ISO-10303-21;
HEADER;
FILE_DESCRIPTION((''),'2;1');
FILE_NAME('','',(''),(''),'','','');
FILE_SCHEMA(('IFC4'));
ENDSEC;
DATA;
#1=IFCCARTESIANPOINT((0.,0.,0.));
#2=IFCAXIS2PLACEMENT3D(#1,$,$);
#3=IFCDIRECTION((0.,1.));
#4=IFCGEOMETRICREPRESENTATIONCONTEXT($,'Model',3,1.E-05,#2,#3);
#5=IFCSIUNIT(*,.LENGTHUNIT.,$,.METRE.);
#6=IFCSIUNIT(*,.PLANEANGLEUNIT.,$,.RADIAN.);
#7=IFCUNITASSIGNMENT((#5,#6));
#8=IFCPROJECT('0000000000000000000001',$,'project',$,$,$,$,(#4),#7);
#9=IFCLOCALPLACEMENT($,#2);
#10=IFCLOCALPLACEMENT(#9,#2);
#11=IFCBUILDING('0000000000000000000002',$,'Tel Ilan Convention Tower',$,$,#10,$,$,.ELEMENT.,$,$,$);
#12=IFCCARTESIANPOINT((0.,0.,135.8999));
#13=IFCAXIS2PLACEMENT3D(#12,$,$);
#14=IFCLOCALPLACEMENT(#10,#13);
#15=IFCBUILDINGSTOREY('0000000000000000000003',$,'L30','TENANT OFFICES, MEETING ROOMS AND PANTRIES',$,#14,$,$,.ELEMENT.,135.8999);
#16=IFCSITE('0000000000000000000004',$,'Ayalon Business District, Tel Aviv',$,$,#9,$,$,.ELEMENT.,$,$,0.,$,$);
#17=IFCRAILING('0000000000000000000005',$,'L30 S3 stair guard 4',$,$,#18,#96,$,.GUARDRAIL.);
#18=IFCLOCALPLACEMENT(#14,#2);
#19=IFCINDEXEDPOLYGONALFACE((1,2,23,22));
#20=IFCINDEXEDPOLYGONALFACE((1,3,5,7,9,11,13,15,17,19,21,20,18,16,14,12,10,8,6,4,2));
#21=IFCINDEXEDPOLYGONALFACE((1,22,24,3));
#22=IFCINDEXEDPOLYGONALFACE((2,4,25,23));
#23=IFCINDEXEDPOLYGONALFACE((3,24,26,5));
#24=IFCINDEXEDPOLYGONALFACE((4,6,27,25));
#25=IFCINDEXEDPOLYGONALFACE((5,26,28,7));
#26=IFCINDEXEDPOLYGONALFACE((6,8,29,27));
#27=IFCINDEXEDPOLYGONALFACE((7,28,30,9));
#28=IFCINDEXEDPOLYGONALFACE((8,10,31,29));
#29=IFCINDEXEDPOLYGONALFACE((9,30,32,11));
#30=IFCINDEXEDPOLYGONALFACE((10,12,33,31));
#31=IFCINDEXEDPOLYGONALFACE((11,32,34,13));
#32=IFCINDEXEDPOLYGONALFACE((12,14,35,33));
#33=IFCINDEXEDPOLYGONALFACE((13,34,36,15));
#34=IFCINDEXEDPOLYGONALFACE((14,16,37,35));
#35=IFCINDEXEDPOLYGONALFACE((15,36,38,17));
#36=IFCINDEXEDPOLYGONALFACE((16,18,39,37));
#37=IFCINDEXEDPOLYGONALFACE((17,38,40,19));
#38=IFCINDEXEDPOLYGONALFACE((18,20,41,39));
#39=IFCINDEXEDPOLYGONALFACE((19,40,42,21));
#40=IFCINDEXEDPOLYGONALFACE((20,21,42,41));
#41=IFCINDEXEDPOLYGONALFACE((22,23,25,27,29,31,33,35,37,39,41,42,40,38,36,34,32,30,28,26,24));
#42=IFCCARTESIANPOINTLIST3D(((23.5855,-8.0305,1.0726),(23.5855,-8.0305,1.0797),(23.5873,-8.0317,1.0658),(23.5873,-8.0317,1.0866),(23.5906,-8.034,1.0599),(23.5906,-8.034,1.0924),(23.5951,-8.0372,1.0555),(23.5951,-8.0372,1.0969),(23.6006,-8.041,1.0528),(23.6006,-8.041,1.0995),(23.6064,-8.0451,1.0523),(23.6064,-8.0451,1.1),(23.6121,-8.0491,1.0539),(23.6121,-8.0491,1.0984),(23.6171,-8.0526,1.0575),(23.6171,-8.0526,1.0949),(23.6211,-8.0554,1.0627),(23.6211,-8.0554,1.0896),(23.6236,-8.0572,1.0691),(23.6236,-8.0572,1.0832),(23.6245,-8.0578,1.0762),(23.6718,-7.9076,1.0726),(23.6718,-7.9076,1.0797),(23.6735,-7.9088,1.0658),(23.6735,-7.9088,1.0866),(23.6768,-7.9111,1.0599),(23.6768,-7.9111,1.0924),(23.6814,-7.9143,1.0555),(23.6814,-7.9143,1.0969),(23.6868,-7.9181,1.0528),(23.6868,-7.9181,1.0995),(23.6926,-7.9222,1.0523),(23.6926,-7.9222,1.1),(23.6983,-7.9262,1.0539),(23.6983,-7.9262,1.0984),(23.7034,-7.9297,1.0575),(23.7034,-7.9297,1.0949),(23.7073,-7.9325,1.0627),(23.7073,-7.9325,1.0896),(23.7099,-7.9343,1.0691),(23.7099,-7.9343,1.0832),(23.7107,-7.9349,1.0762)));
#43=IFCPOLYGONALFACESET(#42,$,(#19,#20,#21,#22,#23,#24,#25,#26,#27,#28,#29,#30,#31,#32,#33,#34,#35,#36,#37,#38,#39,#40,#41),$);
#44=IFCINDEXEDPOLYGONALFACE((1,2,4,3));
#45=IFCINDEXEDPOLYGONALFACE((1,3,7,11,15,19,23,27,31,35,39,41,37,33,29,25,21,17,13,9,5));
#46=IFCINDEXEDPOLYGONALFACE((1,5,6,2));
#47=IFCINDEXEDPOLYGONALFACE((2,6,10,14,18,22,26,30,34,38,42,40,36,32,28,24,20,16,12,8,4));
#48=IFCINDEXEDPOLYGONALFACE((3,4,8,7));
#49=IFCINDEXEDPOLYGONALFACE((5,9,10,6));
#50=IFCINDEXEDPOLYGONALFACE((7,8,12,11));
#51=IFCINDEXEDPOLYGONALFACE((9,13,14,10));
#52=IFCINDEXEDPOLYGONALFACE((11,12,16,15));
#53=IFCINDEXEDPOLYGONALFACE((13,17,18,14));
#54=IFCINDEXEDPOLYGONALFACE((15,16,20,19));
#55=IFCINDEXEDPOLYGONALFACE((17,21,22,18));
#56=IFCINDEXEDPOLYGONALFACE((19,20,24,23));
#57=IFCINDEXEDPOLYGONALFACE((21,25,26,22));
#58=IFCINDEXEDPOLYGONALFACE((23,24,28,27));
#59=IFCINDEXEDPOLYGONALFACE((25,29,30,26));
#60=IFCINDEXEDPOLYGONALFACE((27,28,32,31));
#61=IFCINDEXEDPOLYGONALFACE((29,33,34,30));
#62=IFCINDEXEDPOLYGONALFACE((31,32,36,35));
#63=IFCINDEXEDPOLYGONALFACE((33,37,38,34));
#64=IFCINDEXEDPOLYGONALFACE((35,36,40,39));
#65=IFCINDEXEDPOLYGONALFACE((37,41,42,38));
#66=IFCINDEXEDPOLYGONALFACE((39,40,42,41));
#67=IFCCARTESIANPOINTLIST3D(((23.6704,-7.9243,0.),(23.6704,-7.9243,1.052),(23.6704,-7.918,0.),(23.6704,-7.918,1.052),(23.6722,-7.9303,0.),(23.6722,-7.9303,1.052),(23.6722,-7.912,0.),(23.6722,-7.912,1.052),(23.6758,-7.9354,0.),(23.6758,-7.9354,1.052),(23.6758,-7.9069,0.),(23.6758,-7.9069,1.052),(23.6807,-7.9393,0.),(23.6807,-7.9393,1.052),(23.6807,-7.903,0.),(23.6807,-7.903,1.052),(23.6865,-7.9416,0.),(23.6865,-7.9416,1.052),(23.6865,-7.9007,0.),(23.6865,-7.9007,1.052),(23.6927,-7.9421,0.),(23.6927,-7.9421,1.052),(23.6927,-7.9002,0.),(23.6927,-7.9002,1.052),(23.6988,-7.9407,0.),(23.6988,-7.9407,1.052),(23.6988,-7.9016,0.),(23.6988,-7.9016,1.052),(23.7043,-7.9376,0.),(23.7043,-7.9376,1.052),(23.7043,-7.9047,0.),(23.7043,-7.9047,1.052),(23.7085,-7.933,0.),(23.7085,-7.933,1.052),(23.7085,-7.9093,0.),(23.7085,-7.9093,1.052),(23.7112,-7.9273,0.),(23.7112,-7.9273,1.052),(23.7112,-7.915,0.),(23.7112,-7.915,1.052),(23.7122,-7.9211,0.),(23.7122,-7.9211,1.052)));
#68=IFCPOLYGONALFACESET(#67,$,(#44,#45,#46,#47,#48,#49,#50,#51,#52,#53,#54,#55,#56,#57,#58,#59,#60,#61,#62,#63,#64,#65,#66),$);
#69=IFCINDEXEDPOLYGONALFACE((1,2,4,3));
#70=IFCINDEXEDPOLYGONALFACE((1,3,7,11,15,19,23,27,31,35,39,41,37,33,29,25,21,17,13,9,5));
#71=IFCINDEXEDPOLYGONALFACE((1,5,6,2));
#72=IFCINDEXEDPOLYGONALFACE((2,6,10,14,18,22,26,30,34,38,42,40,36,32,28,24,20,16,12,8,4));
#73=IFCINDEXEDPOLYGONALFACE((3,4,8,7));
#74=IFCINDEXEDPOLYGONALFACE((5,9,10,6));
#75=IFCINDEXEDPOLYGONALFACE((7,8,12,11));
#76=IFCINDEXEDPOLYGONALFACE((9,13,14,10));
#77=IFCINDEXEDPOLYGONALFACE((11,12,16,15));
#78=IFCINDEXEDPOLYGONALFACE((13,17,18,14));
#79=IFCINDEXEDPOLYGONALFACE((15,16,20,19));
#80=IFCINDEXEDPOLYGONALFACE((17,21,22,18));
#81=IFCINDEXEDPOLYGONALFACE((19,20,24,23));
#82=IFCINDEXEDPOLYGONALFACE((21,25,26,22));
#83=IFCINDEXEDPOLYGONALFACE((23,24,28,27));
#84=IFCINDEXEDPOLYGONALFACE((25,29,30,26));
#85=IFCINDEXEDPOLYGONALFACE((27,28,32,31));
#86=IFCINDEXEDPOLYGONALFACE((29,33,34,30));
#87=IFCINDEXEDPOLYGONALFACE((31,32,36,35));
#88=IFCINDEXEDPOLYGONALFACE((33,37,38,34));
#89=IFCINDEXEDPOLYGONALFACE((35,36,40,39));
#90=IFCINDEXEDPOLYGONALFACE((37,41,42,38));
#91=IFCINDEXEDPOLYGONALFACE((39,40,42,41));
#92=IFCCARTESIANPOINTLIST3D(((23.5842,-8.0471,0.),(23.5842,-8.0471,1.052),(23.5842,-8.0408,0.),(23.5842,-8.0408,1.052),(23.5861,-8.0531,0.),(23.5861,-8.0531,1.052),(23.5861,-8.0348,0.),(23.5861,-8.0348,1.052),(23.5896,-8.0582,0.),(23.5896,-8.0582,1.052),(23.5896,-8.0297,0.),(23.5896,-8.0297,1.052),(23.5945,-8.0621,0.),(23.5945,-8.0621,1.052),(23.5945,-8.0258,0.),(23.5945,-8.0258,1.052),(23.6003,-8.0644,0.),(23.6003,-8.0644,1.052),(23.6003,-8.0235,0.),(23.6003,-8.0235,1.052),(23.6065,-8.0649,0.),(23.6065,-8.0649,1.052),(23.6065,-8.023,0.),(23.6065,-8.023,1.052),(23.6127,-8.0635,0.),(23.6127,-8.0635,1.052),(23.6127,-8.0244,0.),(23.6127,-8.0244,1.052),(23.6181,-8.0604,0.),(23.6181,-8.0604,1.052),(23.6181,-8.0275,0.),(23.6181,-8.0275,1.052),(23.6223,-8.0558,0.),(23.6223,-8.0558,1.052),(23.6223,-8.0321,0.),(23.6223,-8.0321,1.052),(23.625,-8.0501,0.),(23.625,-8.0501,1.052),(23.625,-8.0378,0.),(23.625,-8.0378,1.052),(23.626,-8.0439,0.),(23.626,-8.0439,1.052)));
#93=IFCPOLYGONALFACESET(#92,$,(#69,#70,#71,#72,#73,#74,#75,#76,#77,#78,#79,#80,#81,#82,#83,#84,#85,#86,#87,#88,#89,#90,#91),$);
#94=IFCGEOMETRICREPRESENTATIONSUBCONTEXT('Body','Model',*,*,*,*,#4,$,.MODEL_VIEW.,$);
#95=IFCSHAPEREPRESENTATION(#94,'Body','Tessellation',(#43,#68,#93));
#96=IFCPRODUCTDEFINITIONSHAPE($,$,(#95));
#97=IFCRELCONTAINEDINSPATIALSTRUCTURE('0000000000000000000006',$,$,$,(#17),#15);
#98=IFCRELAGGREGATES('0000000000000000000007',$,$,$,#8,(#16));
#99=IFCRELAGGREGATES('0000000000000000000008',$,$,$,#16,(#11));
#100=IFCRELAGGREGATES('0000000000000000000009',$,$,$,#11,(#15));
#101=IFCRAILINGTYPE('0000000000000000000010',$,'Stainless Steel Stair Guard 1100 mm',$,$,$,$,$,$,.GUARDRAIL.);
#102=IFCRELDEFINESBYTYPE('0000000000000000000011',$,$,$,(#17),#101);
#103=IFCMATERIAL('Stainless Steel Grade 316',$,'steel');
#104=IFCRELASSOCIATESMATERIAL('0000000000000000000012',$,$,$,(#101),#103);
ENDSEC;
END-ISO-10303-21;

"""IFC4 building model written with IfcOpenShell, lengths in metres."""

from ifc_helpers import new_model, si_unit, direction, frame, origin, origin_2d, place, context, subcontext, project, spatial, circle, extrude, material, type_object, element, save


model = new_model("IFC4")

# Units and contexts
model_context = context("Model", 3, precision=1e-05, world=origin(), true_north=direction((0.0, 1.0)))
body_context = subcontext(model_context, "Body", "Model", "MODEL_VIEW")
ifc_project = project(units=[si_unit("LENGTHUNIT", "METRE"), si_unit("PLANEANGLEUNIT", "RADIAN")], contexts=[model_context])

# Site, building, storey
site_placement = place(None, origin())
site = spatial("IfcSite", under=ifc_project, at=site_placement, Name="Ayalon Business District, Tel Aviv", CompositionType="ELEMENT", RefElevation=0.0)
building_placement = place(site_placement, origin())
building = spatial("IfcBuilding", under=site, at=building_placement, Name="Tel Ilan Convention Tower", CompositionType="ELEMENT")
storey_placement = place(building_placement, frame((0.0, 0.0, 135.8999)))
storey = spatial("IfcBuildingStorey", under=building, at=storey_placement, Name="L30", Description="TENANT OFFICES, MEETING ROOMS AND PANTRIES", CompositionType="ELEMENT", Elevation=135.8999)

# Railing
ifc_material_1 = material(Name="Stainless Steel Grade 316", Category="steel")
railing_type_1 = type_object("IfcRailingType", Name="Stainless Steel Stair Guard 1100 mm", PredefinedType="GUARDRAIL", material=ifc_material_1)
railing_1_placement = place(storey_placement, frame((23.6912, -7.9211, 0.0)))
element("IfcRailing", 1, at=railing_1_placement, inside=storey, type_object=railing_type_1, Name="L30 S3 stair guard 4", PredefinedType="GUARDRAIL", context=body_context, shape_type="SweptSolid", body=[
    extrude(circle(Radius=0.0239, at=origin_2d()), frame((0.0, 0.0, 1.0762), z_axis=(-0.574445, -0.818543, 0.0), x_axis=(0.818543, -0.574445, 0.0)), (0.0, 0.0, 1.0), 0.1501),
    extrude(circle(Radius=0.021, at=origin_2d()), origin(), (0.0, 0.0, 1.0), 1.052),
    extrude(circle(Radius=0.021, at=origin_2d()), frame((-0.0862, -0.1228, 0.0)), (0.0, 0.0, 1.0), 1.052),
])

save(model, "model.ifc")
